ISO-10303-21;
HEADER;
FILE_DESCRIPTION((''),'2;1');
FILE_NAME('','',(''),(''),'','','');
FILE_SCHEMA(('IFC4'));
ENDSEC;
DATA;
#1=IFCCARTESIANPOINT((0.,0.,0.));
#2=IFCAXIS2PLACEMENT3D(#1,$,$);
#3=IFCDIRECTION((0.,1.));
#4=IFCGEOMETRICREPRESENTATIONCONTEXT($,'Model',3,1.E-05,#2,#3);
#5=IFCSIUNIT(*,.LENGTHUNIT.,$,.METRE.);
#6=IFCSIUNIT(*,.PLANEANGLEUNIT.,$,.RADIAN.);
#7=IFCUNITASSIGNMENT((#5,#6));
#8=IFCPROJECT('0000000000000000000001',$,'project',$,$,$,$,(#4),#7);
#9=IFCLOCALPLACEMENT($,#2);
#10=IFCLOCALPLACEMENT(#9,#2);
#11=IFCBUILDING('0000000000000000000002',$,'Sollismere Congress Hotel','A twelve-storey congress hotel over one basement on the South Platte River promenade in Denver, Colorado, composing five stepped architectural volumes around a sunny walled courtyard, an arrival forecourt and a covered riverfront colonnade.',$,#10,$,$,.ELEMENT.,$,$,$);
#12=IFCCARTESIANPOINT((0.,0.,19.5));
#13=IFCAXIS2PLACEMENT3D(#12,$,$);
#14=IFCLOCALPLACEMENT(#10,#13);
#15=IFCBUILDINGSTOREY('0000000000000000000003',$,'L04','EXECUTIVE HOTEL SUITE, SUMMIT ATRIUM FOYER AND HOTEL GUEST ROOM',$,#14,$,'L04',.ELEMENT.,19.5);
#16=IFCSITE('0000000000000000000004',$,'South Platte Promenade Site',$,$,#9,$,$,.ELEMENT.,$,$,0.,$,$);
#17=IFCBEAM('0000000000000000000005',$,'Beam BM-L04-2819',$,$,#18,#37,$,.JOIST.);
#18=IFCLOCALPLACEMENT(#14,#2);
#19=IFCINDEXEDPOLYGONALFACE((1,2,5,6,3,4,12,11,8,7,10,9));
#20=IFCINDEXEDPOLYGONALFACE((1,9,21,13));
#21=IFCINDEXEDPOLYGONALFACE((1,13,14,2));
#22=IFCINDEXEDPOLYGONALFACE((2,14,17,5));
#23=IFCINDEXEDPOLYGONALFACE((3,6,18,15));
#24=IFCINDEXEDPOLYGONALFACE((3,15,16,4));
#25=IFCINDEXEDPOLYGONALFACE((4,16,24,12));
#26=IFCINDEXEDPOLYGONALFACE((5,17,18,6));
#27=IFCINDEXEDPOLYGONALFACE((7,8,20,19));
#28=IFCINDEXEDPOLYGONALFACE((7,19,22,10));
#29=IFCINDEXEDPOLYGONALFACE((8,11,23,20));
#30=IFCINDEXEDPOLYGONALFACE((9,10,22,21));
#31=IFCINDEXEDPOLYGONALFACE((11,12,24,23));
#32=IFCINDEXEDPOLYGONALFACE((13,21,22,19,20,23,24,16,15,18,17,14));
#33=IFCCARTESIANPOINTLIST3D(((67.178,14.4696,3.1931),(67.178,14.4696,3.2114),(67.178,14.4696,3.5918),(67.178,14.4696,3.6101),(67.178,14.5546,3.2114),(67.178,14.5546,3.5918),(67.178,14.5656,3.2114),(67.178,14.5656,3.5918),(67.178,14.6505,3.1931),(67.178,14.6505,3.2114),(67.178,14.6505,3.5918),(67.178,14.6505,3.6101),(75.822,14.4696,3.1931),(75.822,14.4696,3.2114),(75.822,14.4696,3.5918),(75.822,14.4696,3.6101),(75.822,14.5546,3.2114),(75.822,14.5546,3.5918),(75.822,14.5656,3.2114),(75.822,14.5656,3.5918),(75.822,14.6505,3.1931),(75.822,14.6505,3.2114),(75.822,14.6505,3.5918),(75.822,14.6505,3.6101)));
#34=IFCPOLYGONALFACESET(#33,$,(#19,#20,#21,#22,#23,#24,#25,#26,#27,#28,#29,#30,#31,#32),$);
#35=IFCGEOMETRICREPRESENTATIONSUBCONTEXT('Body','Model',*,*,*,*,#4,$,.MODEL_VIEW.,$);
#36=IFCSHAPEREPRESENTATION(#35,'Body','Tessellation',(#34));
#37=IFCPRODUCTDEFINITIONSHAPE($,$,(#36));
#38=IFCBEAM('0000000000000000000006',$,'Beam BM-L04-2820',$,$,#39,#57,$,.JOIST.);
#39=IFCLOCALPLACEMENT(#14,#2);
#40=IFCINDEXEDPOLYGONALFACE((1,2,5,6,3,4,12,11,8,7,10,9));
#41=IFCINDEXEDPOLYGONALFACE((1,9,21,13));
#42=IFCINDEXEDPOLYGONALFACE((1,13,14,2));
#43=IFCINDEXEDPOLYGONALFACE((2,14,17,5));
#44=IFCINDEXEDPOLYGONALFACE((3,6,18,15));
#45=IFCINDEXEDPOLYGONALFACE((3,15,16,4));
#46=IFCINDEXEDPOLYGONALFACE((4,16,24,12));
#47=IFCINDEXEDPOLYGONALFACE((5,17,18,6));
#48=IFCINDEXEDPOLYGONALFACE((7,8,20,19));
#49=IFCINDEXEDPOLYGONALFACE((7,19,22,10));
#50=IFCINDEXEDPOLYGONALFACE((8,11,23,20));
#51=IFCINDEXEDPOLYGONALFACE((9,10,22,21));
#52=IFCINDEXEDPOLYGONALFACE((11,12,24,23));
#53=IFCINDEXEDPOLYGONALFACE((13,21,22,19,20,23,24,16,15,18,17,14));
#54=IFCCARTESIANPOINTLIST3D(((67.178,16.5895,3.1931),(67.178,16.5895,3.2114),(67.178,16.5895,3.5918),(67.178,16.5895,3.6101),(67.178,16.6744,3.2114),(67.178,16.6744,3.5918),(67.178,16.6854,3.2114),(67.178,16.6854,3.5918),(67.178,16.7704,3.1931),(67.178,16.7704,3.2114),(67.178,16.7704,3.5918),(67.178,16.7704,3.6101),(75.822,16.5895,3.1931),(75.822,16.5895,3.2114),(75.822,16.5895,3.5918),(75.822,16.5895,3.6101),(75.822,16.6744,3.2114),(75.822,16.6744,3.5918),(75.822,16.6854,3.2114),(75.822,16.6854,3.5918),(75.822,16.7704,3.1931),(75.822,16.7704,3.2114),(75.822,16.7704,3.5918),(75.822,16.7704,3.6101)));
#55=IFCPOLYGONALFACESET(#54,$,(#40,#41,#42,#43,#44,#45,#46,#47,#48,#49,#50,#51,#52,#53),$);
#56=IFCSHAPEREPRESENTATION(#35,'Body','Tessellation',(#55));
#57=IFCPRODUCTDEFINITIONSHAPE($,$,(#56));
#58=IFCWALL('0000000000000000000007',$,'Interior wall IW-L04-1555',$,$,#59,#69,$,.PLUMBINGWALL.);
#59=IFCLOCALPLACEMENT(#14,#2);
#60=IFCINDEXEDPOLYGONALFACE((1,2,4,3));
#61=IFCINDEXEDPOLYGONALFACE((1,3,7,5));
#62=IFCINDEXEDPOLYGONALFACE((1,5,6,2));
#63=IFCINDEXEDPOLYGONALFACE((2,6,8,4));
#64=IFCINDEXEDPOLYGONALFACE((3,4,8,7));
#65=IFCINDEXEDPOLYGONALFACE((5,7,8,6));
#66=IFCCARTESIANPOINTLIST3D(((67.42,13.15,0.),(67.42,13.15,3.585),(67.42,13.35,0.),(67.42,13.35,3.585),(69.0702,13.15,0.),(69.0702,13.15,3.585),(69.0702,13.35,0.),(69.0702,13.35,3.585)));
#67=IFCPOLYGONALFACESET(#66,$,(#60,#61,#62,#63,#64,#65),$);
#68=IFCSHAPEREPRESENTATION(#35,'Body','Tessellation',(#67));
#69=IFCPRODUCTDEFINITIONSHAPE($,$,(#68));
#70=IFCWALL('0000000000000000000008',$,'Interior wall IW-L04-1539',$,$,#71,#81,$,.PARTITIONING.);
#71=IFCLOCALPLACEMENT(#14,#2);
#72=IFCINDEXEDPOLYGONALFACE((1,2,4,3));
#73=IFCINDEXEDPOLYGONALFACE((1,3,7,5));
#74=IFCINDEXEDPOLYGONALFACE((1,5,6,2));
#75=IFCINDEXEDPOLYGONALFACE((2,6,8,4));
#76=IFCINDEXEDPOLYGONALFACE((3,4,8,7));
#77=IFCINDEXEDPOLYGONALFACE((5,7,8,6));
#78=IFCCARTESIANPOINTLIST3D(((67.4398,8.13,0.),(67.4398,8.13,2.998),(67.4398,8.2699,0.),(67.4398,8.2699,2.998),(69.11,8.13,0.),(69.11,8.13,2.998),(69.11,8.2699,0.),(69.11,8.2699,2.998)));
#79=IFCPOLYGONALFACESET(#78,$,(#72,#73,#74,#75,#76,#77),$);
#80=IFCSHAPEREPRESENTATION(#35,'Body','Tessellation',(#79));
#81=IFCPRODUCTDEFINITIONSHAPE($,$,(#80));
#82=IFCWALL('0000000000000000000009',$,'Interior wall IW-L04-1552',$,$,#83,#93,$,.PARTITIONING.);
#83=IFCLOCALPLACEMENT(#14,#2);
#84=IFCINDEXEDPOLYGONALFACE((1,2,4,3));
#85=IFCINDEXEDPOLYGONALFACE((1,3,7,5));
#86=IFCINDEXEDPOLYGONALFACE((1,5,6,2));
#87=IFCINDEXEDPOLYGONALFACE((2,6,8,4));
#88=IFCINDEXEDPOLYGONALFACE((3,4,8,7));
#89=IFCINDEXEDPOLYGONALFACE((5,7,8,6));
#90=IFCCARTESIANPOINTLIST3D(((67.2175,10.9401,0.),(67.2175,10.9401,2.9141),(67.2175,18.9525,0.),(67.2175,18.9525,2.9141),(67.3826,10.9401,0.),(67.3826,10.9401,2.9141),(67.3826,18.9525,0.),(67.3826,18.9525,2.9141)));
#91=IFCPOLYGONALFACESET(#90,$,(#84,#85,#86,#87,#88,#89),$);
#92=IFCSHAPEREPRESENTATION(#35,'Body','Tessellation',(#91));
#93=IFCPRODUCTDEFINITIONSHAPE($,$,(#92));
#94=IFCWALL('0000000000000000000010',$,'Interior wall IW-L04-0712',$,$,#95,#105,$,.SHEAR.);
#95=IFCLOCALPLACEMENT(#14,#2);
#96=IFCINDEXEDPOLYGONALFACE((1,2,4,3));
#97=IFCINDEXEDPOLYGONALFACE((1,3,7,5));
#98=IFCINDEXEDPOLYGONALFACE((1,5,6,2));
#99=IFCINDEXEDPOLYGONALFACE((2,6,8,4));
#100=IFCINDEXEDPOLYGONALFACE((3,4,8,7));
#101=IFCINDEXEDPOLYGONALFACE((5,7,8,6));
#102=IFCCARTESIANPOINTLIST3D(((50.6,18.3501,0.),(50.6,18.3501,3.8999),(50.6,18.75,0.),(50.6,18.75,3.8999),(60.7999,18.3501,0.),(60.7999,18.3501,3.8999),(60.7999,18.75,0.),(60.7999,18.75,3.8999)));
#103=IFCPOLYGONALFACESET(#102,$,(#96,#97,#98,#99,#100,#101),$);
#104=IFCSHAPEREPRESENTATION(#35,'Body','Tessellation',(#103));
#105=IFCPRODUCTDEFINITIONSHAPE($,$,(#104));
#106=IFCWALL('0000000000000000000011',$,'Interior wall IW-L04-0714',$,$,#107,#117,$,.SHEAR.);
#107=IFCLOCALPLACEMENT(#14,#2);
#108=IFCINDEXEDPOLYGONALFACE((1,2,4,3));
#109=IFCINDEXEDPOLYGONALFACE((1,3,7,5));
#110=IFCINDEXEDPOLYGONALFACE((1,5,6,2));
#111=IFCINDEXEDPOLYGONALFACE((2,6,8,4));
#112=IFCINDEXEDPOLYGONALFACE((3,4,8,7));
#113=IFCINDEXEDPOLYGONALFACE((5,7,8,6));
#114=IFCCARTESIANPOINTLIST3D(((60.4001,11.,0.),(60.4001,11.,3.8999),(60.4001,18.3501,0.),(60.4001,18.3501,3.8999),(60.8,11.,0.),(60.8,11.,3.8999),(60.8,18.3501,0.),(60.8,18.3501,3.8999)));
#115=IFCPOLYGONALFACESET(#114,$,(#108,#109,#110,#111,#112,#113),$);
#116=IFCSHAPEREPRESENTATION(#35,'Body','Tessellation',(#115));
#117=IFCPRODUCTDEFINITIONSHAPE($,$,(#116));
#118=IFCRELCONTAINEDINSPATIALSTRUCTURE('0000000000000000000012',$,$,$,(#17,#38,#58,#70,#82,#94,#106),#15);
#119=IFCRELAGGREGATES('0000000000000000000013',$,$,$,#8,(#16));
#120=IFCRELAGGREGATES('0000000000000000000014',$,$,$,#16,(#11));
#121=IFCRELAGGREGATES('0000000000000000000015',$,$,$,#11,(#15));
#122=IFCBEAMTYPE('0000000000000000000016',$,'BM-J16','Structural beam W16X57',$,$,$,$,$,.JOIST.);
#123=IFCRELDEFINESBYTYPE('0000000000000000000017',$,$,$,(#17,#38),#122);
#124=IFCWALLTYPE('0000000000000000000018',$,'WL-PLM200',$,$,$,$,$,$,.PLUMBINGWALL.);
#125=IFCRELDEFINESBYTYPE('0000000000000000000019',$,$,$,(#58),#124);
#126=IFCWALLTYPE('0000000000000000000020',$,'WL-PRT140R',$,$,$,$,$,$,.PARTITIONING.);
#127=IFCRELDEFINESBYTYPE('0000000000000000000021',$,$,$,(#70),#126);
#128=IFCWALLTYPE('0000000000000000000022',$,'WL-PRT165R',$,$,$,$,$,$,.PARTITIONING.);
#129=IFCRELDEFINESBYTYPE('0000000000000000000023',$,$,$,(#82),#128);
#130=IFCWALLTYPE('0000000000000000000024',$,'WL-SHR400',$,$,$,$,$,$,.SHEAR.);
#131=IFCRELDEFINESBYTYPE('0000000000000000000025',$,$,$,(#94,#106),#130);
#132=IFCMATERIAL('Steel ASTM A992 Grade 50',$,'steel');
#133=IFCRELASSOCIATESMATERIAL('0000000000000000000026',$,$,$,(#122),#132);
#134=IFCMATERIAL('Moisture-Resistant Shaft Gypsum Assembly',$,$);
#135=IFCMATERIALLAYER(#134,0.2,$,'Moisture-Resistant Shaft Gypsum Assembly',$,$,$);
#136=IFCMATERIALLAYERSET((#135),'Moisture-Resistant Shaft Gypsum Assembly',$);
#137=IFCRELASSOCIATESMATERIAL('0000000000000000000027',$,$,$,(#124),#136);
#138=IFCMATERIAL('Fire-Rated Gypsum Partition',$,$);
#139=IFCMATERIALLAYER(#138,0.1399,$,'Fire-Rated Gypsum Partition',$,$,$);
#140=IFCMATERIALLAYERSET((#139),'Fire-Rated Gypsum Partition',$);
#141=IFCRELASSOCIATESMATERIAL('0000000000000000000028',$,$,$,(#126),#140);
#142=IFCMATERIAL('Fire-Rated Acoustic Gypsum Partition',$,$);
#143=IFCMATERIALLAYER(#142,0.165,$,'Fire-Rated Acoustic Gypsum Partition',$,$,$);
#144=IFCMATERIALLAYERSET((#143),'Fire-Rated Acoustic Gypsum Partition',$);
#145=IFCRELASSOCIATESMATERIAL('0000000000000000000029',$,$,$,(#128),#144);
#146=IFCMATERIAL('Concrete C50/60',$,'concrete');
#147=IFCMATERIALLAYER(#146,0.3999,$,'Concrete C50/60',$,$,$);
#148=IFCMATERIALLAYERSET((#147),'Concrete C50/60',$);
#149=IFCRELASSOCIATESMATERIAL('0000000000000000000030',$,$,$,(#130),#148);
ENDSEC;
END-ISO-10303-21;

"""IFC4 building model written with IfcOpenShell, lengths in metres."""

from ifc_helpers import new_model, si_unit, direction, frame, frame_2d, origin, origin_2d, place, context, subcontext, project, spatial, rectangle, i_section, extrude, material, layer, layer_set, material_profile, profile_set, type_object, element, save


model = new_model("IFC4")

# Units and contexts
model_context = context("Model", 3, precision=1e-05, world=origin(), true_north=direction((0.0, 1.0)))
body_context = subcontext(model_context, "Body", "Model", "MODEL_VIEW")
ifc_project = project(units=[si_unit("LENGTHUNIT", "METRE"), si_unit("PLANEANGLEUNIT", "RADIAN")], contexts=[model_context])

# Site, building, storey
site_placement = place(None, origin())
site = spatial("IfcSite", under=ifc_project, at=site_placement, Name="South Platte Promenade Site", CompositionType="ELEMENT", RefElevation=0.0)
building_placement = place(site_placement, origin())
building = spatial("IfcBuilding", under=site, at=building_placement, Name="Sollismere Congress Hotel", Description="A twelve-storey congress hotel over one basement on the South Platte River promenade in Denver, Colorado, composing five stepped architectural volumes around a sunny walled courtyard, an arrival forecourt and a covered riverfront colonnade.", CompositionType="ELEMENT")
storey_placement = place(building_placement, frame((0.0, 0.0, 19.5)))
storey = spatial("IfcBuildingStorey", under=building, at=storey_placement, Name="L04", Description="EXECUTIVE HOTEL SUITE, SUMMIT ATRIUM FOYER AND HOTEL GUEST ROOM", LongName="L04", CompositionType="ELEMENT", Elevation=19.5)

# Shared definitions
ifc_material_1 = material(Name="Steel ASTM A992 Grade 50", Category="steel")

# Beams
ifc_material_profile_1 = material_profile(ifc_material_1, i_section(OverallWidth=0.1809, OverallDepth=0.417, WebThickness=0.011, FlangeThickness=0.0183, at=origin_2d()), Name="W16X57")
ifc_profile_set_1 = profile_set([ifc_material_profile_1], Name="Steel ASTM A992 Grade 50")
beam_type_1 = type_object("IfcBeamType", Name="BM-J16", Description="Structural beam W16X57", PredefinedType="JOIST", material=ifc_profile_set_1)
for number, where, z_axis, x_axis, name in (
    (1, (67.178, 14.5601, 3.4016), (1.0, 0.0, 0.0), (0.0, 1.0, 0.0), "Beam BM-L04-2819"),
    (2, (67.178, 16.6799, 3.4016), (1.0, 0.0, 0.0), (0.0, 1.0, 0.0), "Beam BM-L04-2820"),
):
    element("IfcBeam", number, at=place(storey_placement, frame(where, z_axis=z_axis, x_axis=x_axis)), inside=storey, type_object=beam_type_1, Name=name, PredefinedType="JOIST", context=body_context, shape_type="SweptSolid", body=[
        extrude(i_section(OverallWidth=0.1809, OverallDepth=0.417, WebThickness=0.011, FlangeThickness=0.0183, at=origin_2d()), origin(), (0.0, 0.0, 1.0), 8.644),
    ])

# Wall
ifc_material_2 = material(Name="Moisture-Resistant Shaft Gypsum Assembly")
ifc_layer_1 = layer(ifc_material_2, 0.2, Name="Moisture-Resistant Shaft Gypsum Assembly")
ifc_layer_set_1 = layer_set([ifc_layer_1], Name="Moisture-Resistant Shaft Gypsum Assembly")
wall_type_1 = type_object("IfcWallType", Name="WL-PLM200", PredefinedType="PLUMBINGWALL", material=ifc_layer_set_1)
wall_1_placement = place(storey_placement, frame((67.4199, 13.25, 0.0), z_axis=(0.0, 0.0, 1.0), x_axis=(1.0, 0.0, 0.0)))
element("IfcWall", 3, at=wall_1_placement, inside=storey, type_object=wall_type_1, Name="Interior wall IW-L04-1555", PredefinedType="PLUMBINGWALL", context=body_context, shape_type="SweptSolid", body=[
    extrude(rectangle(XDim=1.6501, YDim=0.2, at=frame_2d((0.8252, 0.0))), origin(), (0.0, 0.0, 1.0), 3.585),
])

# Shared definitions
ifc_material_3 = material(Name="Fire-Rated Gypsum Partition")
ifc_layer_2 = layer(ifc_material_3, 0.1399, Name="Fire-Rated Gypsum Partition")
ifc_layer_set_2 = layer_set([ifc_layer_2], Name="Fire-Rated Gypsum Partition")
wall_type_2 = type_object("IfcWallType", Name="WL-PRT140R", PredefinedType="PARTITIONING", material=ifc_layer_set_2)

# Walls
wall_2_placement = place(storey_placement, frame((67.4399, 8.2, 0.0), z_axis=(0.0, 0.0, 1.0), x_axis=(1.0, 0.0, 0.0)))
element("IfcWall", 4, at=wall_2_placement, inside=storey, type_object=wall_type_2, Name="Interior wall IW-L04-1539", PredefinedType="PARTITIONING", context=body_context, shape_type="SweptSolid", body=[
    extrude(rectangle(XDim=1.6702, YDim=0.1399, at=frame_2d((0.835, 0.0))), origin(), (0.0, 0.0, 1.0), 2.998),
])
ifc_material_4 = material(Name="Fire-Rated Acoustic Gypsum Partition")
ifc_layer_3 = layer(ifc_material_4, 0.165, Name="Fire-Rated Acoustic Gypsum Partition")
ifc_layer_set_3 = layer_set([ifc_layer_3], Name="Fire-Rated Acoustic Gypsum Partition")
wall_type_3 = type_object("IfcWallType", Name="WL-PRT165R", PredefinedType="PARTITIONING", material=ifc_layer_set_3)
wall_3_placement = place(storey_placement, frame((67.3, 10.9399, 0.0), z_axis=(0.0, 0.0, 1.0), x_axis=(0.0, 1.0, 0.0)))
element("IfcWall", 5, at=wall_3_placement, inside=storey, type_object=wall_type_3, Name="Interior wall IW-L04-1552", PredefinedType="PARTITIONING", context=body_context, shape_type="SweptSolid", body=[
    extrude(rectangle(XDim=8.0125, YDim=0.165, at=frame_2d((4.0063, 0.0))), origin(), (0.0, 0.0, 1.0), 2.9141),
])
ifc_material_5 = material(Name="Concrete C50/60", Category="concrete")
ifc_layer_4 = layer(ifc_material_5, 0.3999, Name="Concrete C50/60")
ifc_layer_set_4 = layer_set([ifc_layer_4], Name="Concrete C50/60")
wall_type_4 = type_object("IfcWallType", Name="WL-SHR400", PredefinedType="SHEAR", material=ifc_layer_set_4)
wall_4_placement = place(storey_placement, frame((60.8, 18.55, 0.0), z_axis=(0.0, 0.0, 1.0), x_axis=(-1.0, 0.0, 0.0)))
element("IfcWall", 6, at=wall_4_placement, inside=storey, type_object=wall_type_4, Name="Interior wall IW-L04-0712", PredefinedType="SHEAR", context=body_context, shape_type="SweptSolid", body=[
    extrude(rectangle(XDim=10.2, YDim=0.3999, at=frame_2d((5.1001, 0.0))), origin(), (0.0, 0.0, 1.0), 3.8999),
])
wall_5_placement = place(storey_placement, frame((60.6001, 11.0, 0.0), z_axis=(0.0, 0.0, 1.0), x_axis=(0.0, 1.0, 0.0)))
element("IfcWall", 7, at=wall_5_placement, inside=storey, type_object=wall_type_4, Name="Interior wall IW-L04-0714", PredefinedType="SHEAR", context=body_context, shape_type="SweptSolid", body=[
    extrude(rectangle(XDim=7.3501, YDim=0.3999, at=frame_2d((3.675, 0.0))), origin(), (0.0, 0.0, 1.0), 3.8999),
])

save(model, "model.ifc")
